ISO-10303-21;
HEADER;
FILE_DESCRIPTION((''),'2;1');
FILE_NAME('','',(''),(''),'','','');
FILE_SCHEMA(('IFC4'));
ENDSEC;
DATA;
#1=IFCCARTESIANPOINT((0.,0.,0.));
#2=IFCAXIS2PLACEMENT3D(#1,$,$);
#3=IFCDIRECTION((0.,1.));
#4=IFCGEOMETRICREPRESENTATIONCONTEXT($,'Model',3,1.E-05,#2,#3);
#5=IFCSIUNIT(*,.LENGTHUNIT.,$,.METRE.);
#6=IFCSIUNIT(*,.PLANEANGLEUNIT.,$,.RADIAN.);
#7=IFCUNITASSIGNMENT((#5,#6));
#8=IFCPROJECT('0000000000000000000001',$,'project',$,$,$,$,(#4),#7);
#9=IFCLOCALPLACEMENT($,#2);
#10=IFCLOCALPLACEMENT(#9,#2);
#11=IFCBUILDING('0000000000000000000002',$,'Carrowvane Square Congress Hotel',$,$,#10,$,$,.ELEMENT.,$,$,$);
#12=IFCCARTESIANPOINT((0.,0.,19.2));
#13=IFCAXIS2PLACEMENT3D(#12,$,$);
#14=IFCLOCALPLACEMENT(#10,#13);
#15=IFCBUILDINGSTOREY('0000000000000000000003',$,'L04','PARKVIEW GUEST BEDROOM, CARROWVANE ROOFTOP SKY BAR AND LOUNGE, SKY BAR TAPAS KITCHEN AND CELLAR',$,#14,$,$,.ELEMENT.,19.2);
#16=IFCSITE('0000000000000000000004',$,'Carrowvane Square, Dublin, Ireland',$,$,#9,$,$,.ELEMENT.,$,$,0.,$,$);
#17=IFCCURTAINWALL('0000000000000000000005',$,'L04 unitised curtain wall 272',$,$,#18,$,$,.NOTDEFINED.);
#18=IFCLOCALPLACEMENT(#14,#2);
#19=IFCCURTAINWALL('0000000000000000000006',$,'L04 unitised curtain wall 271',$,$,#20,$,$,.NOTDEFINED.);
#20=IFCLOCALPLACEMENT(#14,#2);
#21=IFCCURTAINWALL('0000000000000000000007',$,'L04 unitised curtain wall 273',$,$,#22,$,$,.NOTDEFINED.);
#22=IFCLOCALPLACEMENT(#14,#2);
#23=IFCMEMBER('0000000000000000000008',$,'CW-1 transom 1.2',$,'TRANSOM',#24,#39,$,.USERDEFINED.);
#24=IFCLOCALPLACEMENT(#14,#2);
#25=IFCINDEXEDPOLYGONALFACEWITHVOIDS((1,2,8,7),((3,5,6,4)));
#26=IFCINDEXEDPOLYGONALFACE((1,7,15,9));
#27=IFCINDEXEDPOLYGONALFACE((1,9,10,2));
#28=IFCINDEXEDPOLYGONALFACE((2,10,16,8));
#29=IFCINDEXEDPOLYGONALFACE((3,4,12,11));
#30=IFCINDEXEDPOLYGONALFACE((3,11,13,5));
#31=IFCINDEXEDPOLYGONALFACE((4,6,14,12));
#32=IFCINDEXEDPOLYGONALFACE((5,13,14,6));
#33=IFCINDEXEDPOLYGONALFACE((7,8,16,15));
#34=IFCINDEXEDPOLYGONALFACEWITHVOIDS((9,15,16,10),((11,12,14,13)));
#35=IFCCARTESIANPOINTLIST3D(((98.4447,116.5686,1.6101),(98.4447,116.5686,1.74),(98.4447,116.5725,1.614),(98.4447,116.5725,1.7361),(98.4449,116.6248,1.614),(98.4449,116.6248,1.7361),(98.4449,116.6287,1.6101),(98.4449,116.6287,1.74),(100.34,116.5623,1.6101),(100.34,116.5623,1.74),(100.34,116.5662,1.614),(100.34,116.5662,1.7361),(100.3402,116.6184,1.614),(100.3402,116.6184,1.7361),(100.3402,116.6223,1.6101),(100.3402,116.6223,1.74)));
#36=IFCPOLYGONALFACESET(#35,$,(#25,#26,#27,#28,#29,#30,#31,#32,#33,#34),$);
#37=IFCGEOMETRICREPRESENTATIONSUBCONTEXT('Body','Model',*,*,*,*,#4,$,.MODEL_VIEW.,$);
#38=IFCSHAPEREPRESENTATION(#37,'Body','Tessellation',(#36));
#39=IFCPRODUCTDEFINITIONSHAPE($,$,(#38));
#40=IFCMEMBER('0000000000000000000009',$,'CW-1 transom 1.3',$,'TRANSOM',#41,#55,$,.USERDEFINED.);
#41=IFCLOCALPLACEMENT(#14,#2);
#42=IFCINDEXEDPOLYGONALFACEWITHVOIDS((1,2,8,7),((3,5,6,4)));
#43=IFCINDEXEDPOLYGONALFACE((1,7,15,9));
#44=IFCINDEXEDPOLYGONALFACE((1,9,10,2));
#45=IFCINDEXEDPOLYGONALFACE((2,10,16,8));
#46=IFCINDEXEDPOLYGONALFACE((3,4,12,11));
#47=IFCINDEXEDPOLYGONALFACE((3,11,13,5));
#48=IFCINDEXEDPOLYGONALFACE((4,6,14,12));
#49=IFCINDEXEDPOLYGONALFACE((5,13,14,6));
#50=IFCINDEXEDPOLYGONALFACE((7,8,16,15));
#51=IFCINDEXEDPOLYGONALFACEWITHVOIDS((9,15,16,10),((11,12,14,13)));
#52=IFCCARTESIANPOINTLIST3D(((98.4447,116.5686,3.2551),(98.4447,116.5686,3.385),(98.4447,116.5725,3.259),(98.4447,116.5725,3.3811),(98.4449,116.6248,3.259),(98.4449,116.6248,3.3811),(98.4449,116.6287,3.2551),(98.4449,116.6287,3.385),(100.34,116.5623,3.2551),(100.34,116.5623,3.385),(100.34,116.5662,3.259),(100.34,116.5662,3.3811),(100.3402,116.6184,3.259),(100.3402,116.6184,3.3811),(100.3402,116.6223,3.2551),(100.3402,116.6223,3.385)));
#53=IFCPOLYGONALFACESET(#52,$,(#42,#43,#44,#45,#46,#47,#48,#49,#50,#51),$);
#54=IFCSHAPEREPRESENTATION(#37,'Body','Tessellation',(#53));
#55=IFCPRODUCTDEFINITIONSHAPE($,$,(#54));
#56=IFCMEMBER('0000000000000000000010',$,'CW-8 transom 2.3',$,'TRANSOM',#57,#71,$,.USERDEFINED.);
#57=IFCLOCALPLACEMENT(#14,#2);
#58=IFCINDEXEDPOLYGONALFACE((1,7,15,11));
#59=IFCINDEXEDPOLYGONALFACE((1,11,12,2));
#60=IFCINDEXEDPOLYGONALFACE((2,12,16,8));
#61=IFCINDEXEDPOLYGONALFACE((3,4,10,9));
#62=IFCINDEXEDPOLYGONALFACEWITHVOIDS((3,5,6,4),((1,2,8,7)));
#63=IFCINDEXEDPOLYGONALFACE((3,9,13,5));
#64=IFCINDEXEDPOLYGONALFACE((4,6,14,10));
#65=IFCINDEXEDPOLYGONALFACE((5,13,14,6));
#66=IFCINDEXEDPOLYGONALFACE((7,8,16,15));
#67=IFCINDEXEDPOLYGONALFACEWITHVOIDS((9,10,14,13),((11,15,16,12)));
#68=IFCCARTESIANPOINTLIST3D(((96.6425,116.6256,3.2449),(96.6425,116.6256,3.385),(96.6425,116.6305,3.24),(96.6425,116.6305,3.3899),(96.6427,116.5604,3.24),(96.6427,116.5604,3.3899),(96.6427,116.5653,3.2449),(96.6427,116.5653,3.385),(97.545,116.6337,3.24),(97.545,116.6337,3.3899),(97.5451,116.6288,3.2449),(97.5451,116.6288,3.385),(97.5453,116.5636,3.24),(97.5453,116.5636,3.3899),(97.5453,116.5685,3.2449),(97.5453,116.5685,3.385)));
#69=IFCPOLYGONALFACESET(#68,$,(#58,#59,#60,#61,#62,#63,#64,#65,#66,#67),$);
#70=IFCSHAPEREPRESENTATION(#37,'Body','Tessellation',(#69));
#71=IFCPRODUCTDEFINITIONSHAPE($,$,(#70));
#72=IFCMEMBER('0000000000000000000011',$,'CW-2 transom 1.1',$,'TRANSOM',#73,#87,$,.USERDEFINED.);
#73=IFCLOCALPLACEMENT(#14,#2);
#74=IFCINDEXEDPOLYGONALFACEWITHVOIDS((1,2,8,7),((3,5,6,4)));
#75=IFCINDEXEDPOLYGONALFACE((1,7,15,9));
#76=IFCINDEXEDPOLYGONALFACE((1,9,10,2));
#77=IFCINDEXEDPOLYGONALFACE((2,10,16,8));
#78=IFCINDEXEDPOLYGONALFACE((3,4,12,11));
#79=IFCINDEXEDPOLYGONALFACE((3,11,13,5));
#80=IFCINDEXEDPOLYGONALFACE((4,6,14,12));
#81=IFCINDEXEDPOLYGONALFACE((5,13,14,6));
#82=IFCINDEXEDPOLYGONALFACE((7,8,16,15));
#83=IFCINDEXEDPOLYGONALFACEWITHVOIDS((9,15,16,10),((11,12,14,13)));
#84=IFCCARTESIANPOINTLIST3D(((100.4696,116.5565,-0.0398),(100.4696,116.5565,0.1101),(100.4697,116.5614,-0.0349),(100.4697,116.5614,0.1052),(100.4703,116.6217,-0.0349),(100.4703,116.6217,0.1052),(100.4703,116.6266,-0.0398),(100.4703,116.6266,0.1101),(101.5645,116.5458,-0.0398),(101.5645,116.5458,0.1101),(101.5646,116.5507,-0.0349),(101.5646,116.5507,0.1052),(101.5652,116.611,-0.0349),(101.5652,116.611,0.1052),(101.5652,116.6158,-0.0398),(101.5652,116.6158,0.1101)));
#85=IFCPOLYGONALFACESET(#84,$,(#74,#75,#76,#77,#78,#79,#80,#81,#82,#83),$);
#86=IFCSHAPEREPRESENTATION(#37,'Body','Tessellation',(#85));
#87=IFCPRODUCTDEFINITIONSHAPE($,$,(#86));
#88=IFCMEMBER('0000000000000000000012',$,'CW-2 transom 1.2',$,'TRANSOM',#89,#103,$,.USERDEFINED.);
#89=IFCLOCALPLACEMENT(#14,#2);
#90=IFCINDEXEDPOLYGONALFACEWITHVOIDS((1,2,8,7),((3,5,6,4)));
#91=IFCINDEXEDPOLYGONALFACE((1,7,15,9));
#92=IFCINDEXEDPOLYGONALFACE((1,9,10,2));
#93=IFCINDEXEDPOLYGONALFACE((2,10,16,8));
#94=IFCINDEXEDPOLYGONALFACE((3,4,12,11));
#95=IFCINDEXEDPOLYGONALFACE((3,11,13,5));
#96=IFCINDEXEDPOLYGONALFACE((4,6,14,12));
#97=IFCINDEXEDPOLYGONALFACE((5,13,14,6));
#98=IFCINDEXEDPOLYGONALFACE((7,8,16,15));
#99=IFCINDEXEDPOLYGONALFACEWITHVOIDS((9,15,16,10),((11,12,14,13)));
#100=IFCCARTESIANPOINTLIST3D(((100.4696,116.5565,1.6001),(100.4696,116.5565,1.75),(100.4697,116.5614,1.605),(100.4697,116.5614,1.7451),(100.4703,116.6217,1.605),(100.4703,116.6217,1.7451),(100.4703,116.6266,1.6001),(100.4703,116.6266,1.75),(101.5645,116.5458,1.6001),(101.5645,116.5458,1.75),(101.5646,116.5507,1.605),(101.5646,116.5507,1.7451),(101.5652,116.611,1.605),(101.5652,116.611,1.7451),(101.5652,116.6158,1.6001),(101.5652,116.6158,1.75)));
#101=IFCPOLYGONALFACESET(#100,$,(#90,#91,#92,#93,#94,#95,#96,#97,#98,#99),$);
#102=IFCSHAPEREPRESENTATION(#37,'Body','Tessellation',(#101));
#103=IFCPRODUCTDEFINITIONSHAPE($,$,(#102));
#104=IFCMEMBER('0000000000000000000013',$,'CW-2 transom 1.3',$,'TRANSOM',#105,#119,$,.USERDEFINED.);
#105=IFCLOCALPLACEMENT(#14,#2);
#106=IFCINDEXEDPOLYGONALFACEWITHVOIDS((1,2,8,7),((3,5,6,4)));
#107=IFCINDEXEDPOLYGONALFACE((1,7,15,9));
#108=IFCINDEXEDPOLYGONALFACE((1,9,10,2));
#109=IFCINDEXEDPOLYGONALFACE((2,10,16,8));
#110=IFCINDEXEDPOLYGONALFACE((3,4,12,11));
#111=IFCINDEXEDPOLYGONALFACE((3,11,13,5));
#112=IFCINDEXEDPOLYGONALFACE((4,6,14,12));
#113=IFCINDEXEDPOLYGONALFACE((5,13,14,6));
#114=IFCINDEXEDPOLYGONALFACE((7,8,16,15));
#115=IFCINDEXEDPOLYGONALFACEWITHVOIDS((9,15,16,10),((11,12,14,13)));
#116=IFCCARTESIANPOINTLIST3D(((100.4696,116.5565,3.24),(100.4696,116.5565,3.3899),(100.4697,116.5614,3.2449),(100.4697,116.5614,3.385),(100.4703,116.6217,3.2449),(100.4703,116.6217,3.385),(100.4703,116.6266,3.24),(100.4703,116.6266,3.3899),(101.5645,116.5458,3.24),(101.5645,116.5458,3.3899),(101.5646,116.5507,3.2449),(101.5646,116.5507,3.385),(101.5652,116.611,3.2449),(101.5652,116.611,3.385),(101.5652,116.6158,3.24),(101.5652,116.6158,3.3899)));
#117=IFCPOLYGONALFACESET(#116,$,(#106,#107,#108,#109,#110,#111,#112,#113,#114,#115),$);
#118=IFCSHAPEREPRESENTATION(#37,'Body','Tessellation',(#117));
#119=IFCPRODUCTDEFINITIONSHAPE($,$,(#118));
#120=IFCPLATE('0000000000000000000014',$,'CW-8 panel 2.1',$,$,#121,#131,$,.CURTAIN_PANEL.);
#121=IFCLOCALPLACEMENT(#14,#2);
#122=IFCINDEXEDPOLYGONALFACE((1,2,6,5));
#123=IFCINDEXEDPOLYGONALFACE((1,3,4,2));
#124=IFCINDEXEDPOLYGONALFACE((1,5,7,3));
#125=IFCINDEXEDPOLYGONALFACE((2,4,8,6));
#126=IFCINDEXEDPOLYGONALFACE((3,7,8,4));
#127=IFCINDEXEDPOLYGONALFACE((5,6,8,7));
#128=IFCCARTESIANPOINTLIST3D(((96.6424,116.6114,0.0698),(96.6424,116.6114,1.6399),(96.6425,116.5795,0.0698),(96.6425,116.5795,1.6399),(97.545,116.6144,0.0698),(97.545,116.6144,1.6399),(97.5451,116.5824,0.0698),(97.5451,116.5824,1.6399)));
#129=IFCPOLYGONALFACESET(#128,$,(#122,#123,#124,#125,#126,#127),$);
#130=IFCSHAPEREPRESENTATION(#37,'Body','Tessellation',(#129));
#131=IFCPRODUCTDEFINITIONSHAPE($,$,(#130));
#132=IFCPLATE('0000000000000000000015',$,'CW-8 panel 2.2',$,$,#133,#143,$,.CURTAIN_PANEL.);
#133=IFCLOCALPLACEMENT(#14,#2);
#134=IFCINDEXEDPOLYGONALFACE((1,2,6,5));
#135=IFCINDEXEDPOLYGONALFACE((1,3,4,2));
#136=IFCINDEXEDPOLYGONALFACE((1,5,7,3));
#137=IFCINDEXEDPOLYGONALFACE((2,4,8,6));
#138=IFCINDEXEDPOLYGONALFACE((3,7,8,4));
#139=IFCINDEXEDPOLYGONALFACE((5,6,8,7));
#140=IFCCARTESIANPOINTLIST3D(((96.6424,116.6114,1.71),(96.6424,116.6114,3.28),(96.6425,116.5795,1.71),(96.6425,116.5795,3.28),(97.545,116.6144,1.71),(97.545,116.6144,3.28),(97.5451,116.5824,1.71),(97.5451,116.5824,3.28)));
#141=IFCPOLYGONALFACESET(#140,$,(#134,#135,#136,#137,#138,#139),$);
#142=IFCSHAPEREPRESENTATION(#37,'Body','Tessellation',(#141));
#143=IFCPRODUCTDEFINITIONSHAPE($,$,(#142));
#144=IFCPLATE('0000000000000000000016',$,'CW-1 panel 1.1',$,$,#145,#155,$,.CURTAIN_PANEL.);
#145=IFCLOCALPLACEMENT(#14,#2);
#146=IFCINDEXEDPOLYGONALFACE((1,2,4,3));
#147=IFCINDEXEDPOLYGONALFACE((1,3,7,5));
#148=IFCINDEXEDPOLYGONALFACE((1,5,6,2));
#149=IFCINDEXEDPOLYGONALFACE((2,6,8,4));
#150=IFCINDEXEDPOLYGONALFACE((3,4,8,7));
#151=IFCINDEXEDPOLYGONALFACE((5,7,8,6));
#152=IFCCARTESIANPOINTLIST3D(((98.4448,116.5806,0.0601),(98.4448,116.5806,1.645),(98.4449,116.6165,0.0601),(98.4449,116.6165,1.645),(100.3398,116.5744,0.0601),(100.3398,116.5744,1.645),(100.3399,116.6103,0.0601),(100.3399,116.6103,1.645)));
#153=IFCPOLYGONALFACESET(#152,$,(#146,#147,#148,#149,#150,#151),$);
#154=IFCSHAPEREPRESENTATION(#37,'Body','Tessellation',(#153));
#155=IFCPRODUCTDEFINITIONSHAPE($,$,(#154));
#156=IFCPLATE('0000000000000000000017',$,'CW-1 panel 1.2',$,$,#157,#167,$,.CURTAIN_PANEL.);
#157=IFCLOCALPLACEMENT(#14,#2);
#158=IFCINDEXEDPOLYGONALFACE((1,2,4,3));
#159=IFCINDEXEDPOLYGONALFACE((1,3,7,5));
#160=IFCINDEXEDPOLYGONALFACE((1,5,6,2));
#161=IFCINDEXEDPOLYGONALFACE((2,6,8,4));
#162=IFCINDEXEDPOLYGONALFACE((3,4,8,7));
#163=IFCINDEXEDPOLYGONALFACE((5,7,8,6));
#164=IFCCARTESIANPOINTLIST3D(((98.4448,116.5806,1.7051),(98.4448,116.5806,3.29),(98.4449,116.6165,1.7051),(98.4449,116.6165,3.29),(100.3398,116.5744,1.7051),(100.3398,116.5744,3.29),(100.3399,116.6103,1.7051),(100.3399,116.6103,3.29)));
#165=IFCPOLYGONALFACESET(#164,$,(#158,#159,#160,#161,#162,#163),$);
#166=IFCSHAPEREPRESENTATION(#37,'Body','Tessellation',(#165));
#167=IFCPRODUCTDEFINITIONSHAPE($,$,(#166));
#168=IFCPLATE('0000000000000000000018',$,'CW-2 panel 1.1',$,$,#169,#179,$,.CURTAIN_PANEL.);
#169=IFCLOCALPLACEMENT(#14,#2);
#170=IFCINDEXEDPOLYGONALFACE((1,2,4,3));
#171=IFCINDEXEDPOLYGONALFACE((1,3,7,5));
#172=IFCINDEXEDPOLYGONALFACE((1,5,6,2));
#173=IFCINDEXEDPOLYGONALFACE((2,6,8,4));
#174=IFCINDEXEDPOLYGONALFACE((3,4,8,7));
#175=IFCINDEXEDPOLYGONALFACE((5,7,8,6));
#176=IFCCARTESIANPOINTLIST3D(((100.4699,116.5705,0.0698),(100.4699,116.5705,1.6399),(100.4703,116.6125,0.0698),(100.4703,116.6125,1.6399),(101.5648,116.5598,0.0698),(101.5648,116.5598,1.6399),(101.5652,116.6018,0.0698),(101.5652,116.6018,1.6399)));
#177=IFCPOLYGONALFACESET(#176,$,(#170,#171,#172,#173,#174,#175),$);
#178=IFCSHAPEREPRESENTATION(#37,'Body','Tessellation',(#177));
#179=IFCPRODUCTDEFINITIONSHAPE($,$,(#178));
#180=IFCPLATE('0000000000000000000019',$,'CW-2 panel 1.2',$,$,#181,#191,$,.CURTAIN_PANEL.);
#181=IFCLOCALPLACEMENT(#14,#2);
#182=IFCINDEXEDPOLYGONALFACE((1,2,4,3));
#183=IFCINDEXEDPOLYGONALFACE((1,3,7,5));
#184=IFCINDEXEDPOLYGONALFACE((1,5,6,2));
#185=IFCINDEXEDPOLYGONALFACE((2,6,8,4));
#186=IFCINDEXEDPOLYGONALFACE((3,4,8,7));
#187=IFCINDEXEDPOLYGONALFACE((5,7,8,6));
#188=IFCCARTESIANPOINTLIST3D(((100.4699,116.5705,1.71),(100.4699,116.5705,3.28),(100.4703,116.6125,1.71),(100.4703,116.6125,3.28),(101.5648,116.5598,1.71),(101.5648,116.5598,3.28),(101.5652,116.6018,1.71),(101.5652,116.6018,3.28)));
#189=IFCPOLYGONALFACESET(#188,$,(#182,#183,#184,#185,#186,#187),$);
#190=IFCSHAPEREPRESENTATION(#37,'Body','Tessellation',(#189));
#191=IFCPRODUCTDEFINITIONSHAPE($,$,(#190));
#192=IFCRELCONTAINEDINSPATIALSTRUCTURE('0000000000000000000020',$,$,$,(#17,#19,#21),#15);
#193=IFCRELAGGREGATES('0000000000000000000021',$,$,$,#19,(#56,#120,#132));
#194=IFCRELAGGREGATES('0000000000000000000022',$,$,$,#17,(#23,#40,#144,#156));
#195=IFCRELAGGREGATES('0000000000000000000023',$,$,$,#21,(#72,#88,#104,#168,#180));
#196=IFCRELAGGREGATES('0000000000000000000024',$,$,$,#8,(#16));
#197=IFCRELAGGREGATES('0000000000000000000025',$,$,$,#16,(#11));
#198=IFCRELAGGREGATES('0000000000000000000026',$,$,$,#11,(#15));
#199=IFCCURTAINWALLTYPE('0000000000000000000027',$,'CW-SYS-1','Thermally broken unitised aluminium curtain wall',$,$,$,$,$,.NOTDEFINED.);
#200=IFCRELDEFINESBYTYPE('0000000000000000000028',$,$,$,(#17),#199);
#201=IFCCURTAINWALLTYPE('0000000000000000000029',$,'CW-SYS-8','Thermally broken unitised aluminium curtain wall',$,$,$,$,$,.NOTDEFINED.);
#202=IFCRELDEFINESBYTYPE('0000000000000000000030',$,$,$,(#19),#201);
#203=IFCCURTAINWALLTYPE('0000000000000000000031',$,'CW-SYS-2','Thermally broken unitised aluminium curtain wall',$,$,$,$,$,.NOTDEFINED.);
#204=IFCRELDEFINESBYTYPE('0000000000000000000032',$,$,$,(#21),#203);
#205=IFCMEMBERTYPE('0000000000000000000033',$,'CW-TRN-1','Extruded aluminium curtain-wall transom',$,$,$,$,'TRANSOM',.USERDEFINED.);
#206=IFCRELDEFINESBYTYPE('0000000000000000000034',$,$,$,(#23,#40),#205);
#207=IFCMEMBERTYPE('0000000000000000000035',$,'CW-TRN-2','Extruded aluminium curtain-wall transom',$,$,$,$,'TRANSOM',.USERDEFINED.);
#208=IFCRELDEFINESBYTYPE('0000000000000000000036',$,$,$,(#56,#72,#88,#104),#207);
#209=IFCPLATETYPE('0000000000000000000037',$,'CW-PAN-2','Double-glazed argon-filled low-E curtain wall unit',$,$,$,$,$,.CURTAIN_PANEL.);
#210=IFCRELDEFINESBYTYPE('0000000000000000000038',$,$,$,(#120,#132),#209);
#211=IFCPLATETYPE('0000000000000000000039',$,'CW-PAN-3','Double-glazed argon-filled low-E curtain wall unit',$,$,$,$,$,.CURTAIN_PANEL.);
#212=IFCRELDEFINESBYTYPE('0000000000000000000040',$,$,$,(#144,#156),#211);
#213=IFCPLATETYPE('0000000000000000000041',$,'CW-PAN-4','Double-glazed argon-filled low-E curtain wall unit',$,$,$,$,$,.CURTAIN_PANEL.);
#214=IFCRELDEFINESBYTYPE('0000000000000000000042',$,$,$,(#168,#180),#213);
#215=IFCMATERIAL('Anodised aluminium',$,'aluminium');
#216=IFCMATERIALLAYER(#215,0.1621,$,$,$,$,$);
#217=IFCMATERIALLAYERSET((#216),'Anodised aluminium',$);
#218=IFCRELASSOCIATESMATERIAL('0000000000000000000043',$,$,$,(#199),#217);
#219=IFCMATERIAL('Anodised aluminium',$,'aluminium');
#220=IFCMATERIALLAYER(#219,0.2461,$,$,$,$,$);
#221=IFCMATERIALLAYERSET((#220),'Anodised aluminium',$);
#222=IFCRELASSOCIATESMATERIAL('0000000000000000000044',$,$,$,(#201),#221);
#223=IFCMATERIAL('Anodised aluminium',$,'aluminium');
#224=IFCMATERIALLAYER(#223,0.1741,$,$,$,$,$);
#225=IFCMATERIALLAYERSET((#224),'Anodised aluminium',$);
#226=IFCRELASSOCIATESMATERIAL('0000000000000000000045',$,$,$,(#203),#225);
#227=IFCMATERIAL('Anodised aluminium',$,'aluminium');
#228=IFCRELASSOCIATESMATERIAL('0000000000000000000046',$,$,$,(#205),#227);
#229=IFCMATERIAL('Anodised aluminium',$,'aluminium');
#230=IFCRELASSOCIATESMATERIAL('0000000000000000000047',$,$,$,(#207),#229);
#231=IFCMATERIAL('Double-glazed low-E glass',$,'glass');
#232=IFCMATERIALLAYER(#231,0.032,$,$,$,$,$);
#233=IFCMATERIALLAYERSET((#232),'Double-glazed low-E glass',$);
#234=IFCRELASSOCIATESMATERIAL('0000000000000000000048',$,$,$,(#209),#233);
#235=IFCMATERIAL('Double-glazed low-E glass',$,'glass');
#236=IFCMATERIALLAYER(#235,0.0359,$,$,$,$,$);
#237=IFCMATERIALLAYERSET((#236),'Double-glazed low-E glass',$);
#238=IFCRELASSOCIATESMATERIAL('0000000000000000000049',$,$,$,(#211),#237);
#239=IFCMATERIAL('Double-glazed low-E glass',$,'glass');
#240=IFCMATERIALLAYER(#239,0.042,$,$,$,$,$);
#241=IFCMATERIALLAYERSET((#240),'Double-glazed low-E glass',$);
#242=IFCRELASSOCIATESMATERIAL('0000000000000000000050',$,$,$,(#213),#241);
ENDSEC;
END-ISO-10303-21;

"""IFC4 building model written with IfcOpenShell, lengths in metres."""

from ifc_helpers import new_model, si_unit, direction, frame, origin, origin_2d, place, context, subcontext, project, spatial, rectangle, hollow_rectangle, extrude, material, layer, layer_set, material_profile, profile_set, type_object, element, aggregate, save


model = new_model("IFC4")

# Units and contexts
model_context = context("Model", 3, precision=1e-05, world=origin(), true_north=direction((0.0, 1.0)))
body_context = subcontext(model_context, "Body", "Model", "MODEL_VIEW")
ifc_project = project(units=[si_unit("LENGTHUNIT", "METRE"), si_unit("PLANEANGLEUNIT", "RADIAN")], contexts=[model_context])

# Site, building, storey
site_placement = place(None, origin())
site = spatial("IfcSite", under=ifc_project, at=site_placement, Name="Carrowvane Square, Dublin, Ireland", CompositionType="ELEMENT", RefElevation=0.0)
building_placement = place(site_placement, origin())
building = spatial("IfcBuilding", under=site, at=building_placement, Name="Carrowvane Square Congress Hotel", CompositionType="ELEMENT")
storey_placement = place(building_placement, frame((0.0, 0.0, 19.2)))
storey = spatial("IfcBuildingStorey", under=building, at=storey_placement, Name="L04", Description="PARKVIEW GUEST BEDROOM, CARROWVANE ROOFTOP SKY BAR AND LOUNGE, SKY BAR TAPAS KITCHEN AND CELLAR", CompositionType="ELEMENT", Elevation=19.2)

# Curtain wall
ifc_material_1 = material(Name="Anodised aluminium", Category="aluminium")
ifc_layer_1 = layer(ifc_material_1, 0.1621)
ifc_layer_set_1 = layer_set([ifc_layer_1], Name="Anodised aluminium")
curtain_wall_type_1 = type_object("IfcCurtainWallType", Name="CW-SYS-1", Description="Thermally broken unitised aluminium curtain wall", PredefinedType="NOTDEFINED", material=ifc_layer_set_1)
curtain_wall_1_placement = place(storey_placement, origin())
curtain_wall_1 = element("IfcCurtainWall", 1, at=curtain_wall_1_placement, inside=storey, type_object=curtain_wall_type_1, Name="L04 unitised curtain wall 272", PredefinedType="NOTDEFINED")

# Curtain walls
ifc_material_2 = material(Name="Anodised aluminium", Category="aluminium")
ifc_layer_2 = layer(ifc_material_2, 0.2461)
ifc_layer_set_2 = layer_set([ifc_layer_2], Name="Anodised aluminium")
curtain_wall_type_2 = type_object("IfcCurtainWallType", Name="CW-SYS-8", Description="Thermally broken unitised aluminium curtain wall", PredefinedType="NOTDEFINED", material=ifc_layer_set_2)
curtain_wall_2_placement = place(storey_placement, origin())
curtain_wall_2 = element("IfcCurtainWall", 2, at=curtain_wall_2_placement, inside=storey, type_object=curtain_wall_type_2, Name="L04 unitised curtain wall 271", PredefinedType="NOTDEFINED")
ifc_material_3 = material(Name="Anodised aluminium", Category="aluminium")
ifc_layer_3 = layer(ifc_material_3, 0.1741)
ifc_layer_set_3 = layer_set([ifc_layer_3], Name="Anodised aluminium")
curtain_wall_type_3 = type_object("IfcCurtainWallType", Name="CW-SYS-2", Description="Thermally broken unitised aluminium curtain wall", PredefinedType="NOTDEFINED", material=ifc_layer_set_3)
curtain_wall_3_placement = place(storey_placement, origin())
curtain_wall_3 = element("IfcCurtainWall", 3, at=curtain_wall_3_placement, inside=storey, type_object=curtain_wall_type_3, Name="L04 unitised curtain wall 273", PredefinedType="NOTDEFINED")

# Members
ifc_material_4 = material(Name="Anodised aluminium", Category="aluminium")
ifc_material_profile_1 = material_profile(ifc_material_4, hollow_rectangle(XDim=0.0601, YDim=0.1299, WallThickness=0.0039, at=origin_2d()), Name="CW-TR 60x130x4")
ifc_profile_set_1 = profile_set([ifc_material_profile_1], Name="Anodised aluminium")
member_type_1 = type_object("IfcMemberType", Name="CW-TRN-1", Description="Extruded aluminium curtain-wall transom", ElementType="TRANSOM", PredefinedType="USERDEFINED", material=ifc_profile_set_1)
member_1_placement = place(storey_placement, frame((98.4448, 116.5986, 1.675), z_axis=(0.999994, -0.003349, 0.0), x_axis=(0.003349, 0.999994, 0.0)))
member_1 = element("IfcMember", 4, at=member_1_placement, type_object=member_type_1, Name="CW-1 transom 1.2", ObjectType="TRANSOM", PredefinedType="USERDEFINED", context=body_context, shape_type="SweptSolid", body=[
    extrude(hollow_rectangle(XDim=0.0601, YDim=0.1299, WallThickness=0.0039, at=origin_2d()), origin(), (0.0, 0.0, 1.0), 1.8953),
])
member_2_placement = place(storey_placement, frame((98.4448, 116.5986, 3.3201), z_axis=(0.999994, -0.003349, 0.0), x_axis=(0.003349, 0.999994, 0.0)))
member_2 = element("IfcMember", 5, at=member_2_placement, type_object=member_type_1, Name="CW-1 transom 1.3", ObjectType="TRANSOM", PredefinedType="USERDEFINED", context=body_context, shape_type="SweptSolid", body=[
    extrude(hollow_rectangle(XDim=0.0601, YDim=0.1299, WallThickness=0.0039, at=origin_2d()), origin(), (0.0, 0.0, 1.0), 1.8953),
])
ifc_material_5 = material(Name="Anodised aluminium", Category="aluminium")
ifc_material_profile_2 = material_profile(ifc_material_5, hollow_rectangle(XDim=0.0701, YDim=0.1499, WallThickness=0.0049, at=origin_2d()), Name="CW-TR 70x150x5")
ifc_profile_set_2 = profile_set([ifc_material_profile_2], Name="Anodised aluminium")
member_type_2 = type_object("IfcMemberType", Name="CW-TRN-2", Description="Extruded aluminium curtain-wall transom", ElementType="TRANSOM", PredefinedType="USERDEFINED", material=ifc_profile_set_2)
member_3_placement = place(storey_placement, frame((96.6426, 116.5955, 3.3149), z_axis=(0.999994, 0.003516, 0.0), x_axis=(-0.003516, 0.999994, 0.0)))
member_3 = element("IfcMember", 6, at=member_3_placement, type_object=member_type_2, Name="CW-8 transom 2.3", ObjectType="TRANSOM", PredefinedType="USERDEFINED", context=body_context, shape_type="SweptSolid", body=[
    extrude(hollow_rectangle(XDim=0.0701, YDim=0.1499, WallThickness=0.0049, at=origin_2d()), origin(), (0.0, 0.0, 1.0), 0.9026),
])
member_4_placement = place(storey_placement, frame((100.47, 116.5916, 0.0352), z_axis=(0.999952, -0.00981, 0.0), x_axis=(0.00981, 0.999952, 0.0)))
member_4 = element("IfcMember", 7, at=member_4_placement, type_object=member_type_2, Name="CW-2 transom 1.1", ObjectType="TRANSOM", PredefinedType="USERDEFINED", context=body_context, shape_type="SweptSolid", body=[
    extrude(hollow_rectangle(XDim=0.0701, YDim=0.1499, WallThickness=0.0049, at=origin_2d()), origin(), (0.0, 0.0, 1.0), 1.095),
])
member_5_placement = place(storey_placement, frame((100.47, 116.5916, 1.675), z_axis=(0.999952, -0.00981, 0.0), x_axis=(0.00981, 0.999952, 0.0)))
member_5 = element("IfcMember", 8, at=member_5_placement, type_object=member_type_2, Name="CW-2 transom 1.2", ObjectType="TRANSOM", PredefinedType="USERDEFINED", context=body_context, shape_type="SweptSolid", body=[
    extrude(hollow_rectangle(XDim=0.0701, YDim=0.1499, WallThickness=0.0049, at=origin_2d()), origin(), (0.0, 0.0, 1.0), 1.095),
])
member_6_placement = place(storey_placement, frame((100.47, 116.5916, 3.3149), z_axis=(0.999952, -0.00981, 0.0), x_axis=(0.00981, 0.999952, 0.0)))
member_6 = element("IfcMember", 9, at=member_6_placement, type_object=member_type_2, Name="CW-2 transom 1.3", ObjectType="TRANSOM", PredefinedType="USERDEFINED", context=body_context, shape_type="SweptSolid", body=[
    extrude(hollow_rectangle(XDim=0.0701, YDim=0.1499, WallThickness=0.0049, at=origin_2d()), origin(), (0.0, 0.0, 1.0), 1.095),
])

# Plates
ifc_material_6 = material(Name="Double-glazed low-E glass", Category="glass")
ifc_layer_4 = layer(ifc_material_6, 0.032)
ifc_layer_set_4 = layer_set([ifc_layer_4], Name="Double-glazed low-E glass")
plate_type_1 = type_object("IfcPlateType", Name="CW-PAN-2", Description="Double-glazed argon-filled low-E curtain wall unit", PredefinedType="CURTAIN_PANEL", material=ifc_layer_set_4)
plate_1_placement = place(storey_placement, frame((97.0938, 116.5969, 0.0698), z_axis=(0.0, 0.0, 1.0), x_axis=(0.999995, 0.00327, 0.0)))
plate_1 = element("IfcPlate", 10, at=plate_1_placement, type_object=plate_type_1, Name="CW-8 panel 2.1", PredefinedType="CURTAIN_PANEL", context=body_context, shape_type="SweptSolid", body=[
    extrude(rectangle(XDim=0.9026, YDim=0.032, at=origin_2d()), origin(), (0.0, 0.0, 1.0), 1.5701),
])
plate_2_placement = place(storey_placement, frame((97.0938, 116.5969, 1.71), z_axis=(0.0, 0.0, 1.0), x_axis=(0.999995, 0.00327, 0.0)))
plate_2 = element("IfcPlate", 11, at=plate_2_placement, type_object=plate_type_1, Name="CW-8 panel 2.2", PredefinedType="CURTAIN_PANEL", context=body_context, shape_type="SweptSolid", body=[
    extrude(rectangle(XDim=0.9026, YDim=0.032, at=origin_2d()), origin(), (0.0, 0.0, 1.0), 1.5701),
])
aggregate(curtain_wall_2, [member_3, plate_1, plate_2])
ifc_material_7 = material(Name="Double-glazed low-E glass", Category="glass")
ifc_layer_5 = layer(ifc_material_7, 0.0359)
ifc_layer_set_5 = layer_set([ifc_layer_5], Name="Double-glazed low-E glass")
plate_type_2 = type_object("IfcPlateType", Name="CW-PAN-3", Description="Double-glazed argon-filled low-E curtain wall unit", PredefinedType="CURTAIN_PANEL", material=ifc_layer_set_5)
plate_3_placement = place(storey_placement, frame((99.3923, 116.5955, 0.0601), z_axis=(0.0, 0.0, 1.0), x_axis=(0.999995, -0.00327, 0.0)))
plate_3 = element("IfcPlate", 12, at=plate_3_placement, type_object=plate_type_2, Name="CW-1 panel 1.1", PredefinedType="CURTAIN_PANEL", context=body_context, shape_type="SweptSolid", body=[
    extrude(rectangle(XDim=1.895, YDim=0.0359, at=origin_2d()), origin(), (0.0, 0.0, 1.0), 1.585),
])
plate_4_placement = place(storey_placement, frame((99.3923, 116.5955, 1.7051), z_axis=(0.0, 0.0, 1.0), x_axis=(0.999995, -0.00327, 0.0)))
plate_4 = element("IfcPlate", 13, at=plate_4_placement, type_object=plate_type_2, Name="CW-1 panel 1.2", PredefinedType="CURTAIN_PANEL", context=body_context, shape_type="SweptSolid", body=[
    extrude(rectangle(XDim=1.895, YDim=0.0359, at=origin_2d()), origin(), (0.0, 0.0, 1.0), 1.585),
])
aggregate(curtain_wall_1, [member_1, member_2, plate_3, plate_4])
ifc_material_8 = material(Name="Double-glazed low-E glass", Category="glass")
ifc_layer_6 = layer(ifc_material_8, 0.042)
ifc_layer_set_6 = layer_set([ifc_layer_6], Name="Double-glazed low-E glass")
plate_type_3 = type_object("IfcPlateType", Name="CW-PAN-4", Description="Double-glazed argon-filled low-E curtain wall unit", PredefinedType="CURTAIN_PANEL", material=ifc_layer_set_6)
plate_5_placement = place(storey_placement, frame((101.0176, 116.5862, 0.0698), z_axis=(0.0, 0.0, 1.0), x_axis=(0.999952, -0.009783, 0.0)))
plate_5 = element("IfcPlate", 14, at=plate_5_placement, type_object=plate_type_3, Name="CW-2 panel 1.1", PredefinedType="CURTAIN_PANEL", context=body_context, shape_type="SweptSolid", body=[
    extrude(rectangle(XDim=1.095, YDim=0.042, at=origin_2d()), origin(), (0.0, 0.0, 1.0), 1.5701),
])
plate_6_placement = place(storey_placement, frame((101.0176, 116.5862, 1.71), z_axis=(0.0, 0.0, 1.0), x_axis=(0.999952, -0.009783, 0.0)))
plate_6 = element("IfcPlate", 15, at=plate_6_placement, type_object=plate_type_3, Name="CW-2 panel 1.2", PredefinedType="CURTAIN_PANEL", context=body_context, shape_type="SweptSolid", body=[
    extrude(rectangle(XDim=1.095, YDim=0.042, at=origin_2d()), origin(), (0.0, 0.0, 1.0), 1.5701),
])
aggregate(curtain_wall_3, [member_4, member_5, member_6, plate_5, plate_6])

save(model, "model.ifc")
